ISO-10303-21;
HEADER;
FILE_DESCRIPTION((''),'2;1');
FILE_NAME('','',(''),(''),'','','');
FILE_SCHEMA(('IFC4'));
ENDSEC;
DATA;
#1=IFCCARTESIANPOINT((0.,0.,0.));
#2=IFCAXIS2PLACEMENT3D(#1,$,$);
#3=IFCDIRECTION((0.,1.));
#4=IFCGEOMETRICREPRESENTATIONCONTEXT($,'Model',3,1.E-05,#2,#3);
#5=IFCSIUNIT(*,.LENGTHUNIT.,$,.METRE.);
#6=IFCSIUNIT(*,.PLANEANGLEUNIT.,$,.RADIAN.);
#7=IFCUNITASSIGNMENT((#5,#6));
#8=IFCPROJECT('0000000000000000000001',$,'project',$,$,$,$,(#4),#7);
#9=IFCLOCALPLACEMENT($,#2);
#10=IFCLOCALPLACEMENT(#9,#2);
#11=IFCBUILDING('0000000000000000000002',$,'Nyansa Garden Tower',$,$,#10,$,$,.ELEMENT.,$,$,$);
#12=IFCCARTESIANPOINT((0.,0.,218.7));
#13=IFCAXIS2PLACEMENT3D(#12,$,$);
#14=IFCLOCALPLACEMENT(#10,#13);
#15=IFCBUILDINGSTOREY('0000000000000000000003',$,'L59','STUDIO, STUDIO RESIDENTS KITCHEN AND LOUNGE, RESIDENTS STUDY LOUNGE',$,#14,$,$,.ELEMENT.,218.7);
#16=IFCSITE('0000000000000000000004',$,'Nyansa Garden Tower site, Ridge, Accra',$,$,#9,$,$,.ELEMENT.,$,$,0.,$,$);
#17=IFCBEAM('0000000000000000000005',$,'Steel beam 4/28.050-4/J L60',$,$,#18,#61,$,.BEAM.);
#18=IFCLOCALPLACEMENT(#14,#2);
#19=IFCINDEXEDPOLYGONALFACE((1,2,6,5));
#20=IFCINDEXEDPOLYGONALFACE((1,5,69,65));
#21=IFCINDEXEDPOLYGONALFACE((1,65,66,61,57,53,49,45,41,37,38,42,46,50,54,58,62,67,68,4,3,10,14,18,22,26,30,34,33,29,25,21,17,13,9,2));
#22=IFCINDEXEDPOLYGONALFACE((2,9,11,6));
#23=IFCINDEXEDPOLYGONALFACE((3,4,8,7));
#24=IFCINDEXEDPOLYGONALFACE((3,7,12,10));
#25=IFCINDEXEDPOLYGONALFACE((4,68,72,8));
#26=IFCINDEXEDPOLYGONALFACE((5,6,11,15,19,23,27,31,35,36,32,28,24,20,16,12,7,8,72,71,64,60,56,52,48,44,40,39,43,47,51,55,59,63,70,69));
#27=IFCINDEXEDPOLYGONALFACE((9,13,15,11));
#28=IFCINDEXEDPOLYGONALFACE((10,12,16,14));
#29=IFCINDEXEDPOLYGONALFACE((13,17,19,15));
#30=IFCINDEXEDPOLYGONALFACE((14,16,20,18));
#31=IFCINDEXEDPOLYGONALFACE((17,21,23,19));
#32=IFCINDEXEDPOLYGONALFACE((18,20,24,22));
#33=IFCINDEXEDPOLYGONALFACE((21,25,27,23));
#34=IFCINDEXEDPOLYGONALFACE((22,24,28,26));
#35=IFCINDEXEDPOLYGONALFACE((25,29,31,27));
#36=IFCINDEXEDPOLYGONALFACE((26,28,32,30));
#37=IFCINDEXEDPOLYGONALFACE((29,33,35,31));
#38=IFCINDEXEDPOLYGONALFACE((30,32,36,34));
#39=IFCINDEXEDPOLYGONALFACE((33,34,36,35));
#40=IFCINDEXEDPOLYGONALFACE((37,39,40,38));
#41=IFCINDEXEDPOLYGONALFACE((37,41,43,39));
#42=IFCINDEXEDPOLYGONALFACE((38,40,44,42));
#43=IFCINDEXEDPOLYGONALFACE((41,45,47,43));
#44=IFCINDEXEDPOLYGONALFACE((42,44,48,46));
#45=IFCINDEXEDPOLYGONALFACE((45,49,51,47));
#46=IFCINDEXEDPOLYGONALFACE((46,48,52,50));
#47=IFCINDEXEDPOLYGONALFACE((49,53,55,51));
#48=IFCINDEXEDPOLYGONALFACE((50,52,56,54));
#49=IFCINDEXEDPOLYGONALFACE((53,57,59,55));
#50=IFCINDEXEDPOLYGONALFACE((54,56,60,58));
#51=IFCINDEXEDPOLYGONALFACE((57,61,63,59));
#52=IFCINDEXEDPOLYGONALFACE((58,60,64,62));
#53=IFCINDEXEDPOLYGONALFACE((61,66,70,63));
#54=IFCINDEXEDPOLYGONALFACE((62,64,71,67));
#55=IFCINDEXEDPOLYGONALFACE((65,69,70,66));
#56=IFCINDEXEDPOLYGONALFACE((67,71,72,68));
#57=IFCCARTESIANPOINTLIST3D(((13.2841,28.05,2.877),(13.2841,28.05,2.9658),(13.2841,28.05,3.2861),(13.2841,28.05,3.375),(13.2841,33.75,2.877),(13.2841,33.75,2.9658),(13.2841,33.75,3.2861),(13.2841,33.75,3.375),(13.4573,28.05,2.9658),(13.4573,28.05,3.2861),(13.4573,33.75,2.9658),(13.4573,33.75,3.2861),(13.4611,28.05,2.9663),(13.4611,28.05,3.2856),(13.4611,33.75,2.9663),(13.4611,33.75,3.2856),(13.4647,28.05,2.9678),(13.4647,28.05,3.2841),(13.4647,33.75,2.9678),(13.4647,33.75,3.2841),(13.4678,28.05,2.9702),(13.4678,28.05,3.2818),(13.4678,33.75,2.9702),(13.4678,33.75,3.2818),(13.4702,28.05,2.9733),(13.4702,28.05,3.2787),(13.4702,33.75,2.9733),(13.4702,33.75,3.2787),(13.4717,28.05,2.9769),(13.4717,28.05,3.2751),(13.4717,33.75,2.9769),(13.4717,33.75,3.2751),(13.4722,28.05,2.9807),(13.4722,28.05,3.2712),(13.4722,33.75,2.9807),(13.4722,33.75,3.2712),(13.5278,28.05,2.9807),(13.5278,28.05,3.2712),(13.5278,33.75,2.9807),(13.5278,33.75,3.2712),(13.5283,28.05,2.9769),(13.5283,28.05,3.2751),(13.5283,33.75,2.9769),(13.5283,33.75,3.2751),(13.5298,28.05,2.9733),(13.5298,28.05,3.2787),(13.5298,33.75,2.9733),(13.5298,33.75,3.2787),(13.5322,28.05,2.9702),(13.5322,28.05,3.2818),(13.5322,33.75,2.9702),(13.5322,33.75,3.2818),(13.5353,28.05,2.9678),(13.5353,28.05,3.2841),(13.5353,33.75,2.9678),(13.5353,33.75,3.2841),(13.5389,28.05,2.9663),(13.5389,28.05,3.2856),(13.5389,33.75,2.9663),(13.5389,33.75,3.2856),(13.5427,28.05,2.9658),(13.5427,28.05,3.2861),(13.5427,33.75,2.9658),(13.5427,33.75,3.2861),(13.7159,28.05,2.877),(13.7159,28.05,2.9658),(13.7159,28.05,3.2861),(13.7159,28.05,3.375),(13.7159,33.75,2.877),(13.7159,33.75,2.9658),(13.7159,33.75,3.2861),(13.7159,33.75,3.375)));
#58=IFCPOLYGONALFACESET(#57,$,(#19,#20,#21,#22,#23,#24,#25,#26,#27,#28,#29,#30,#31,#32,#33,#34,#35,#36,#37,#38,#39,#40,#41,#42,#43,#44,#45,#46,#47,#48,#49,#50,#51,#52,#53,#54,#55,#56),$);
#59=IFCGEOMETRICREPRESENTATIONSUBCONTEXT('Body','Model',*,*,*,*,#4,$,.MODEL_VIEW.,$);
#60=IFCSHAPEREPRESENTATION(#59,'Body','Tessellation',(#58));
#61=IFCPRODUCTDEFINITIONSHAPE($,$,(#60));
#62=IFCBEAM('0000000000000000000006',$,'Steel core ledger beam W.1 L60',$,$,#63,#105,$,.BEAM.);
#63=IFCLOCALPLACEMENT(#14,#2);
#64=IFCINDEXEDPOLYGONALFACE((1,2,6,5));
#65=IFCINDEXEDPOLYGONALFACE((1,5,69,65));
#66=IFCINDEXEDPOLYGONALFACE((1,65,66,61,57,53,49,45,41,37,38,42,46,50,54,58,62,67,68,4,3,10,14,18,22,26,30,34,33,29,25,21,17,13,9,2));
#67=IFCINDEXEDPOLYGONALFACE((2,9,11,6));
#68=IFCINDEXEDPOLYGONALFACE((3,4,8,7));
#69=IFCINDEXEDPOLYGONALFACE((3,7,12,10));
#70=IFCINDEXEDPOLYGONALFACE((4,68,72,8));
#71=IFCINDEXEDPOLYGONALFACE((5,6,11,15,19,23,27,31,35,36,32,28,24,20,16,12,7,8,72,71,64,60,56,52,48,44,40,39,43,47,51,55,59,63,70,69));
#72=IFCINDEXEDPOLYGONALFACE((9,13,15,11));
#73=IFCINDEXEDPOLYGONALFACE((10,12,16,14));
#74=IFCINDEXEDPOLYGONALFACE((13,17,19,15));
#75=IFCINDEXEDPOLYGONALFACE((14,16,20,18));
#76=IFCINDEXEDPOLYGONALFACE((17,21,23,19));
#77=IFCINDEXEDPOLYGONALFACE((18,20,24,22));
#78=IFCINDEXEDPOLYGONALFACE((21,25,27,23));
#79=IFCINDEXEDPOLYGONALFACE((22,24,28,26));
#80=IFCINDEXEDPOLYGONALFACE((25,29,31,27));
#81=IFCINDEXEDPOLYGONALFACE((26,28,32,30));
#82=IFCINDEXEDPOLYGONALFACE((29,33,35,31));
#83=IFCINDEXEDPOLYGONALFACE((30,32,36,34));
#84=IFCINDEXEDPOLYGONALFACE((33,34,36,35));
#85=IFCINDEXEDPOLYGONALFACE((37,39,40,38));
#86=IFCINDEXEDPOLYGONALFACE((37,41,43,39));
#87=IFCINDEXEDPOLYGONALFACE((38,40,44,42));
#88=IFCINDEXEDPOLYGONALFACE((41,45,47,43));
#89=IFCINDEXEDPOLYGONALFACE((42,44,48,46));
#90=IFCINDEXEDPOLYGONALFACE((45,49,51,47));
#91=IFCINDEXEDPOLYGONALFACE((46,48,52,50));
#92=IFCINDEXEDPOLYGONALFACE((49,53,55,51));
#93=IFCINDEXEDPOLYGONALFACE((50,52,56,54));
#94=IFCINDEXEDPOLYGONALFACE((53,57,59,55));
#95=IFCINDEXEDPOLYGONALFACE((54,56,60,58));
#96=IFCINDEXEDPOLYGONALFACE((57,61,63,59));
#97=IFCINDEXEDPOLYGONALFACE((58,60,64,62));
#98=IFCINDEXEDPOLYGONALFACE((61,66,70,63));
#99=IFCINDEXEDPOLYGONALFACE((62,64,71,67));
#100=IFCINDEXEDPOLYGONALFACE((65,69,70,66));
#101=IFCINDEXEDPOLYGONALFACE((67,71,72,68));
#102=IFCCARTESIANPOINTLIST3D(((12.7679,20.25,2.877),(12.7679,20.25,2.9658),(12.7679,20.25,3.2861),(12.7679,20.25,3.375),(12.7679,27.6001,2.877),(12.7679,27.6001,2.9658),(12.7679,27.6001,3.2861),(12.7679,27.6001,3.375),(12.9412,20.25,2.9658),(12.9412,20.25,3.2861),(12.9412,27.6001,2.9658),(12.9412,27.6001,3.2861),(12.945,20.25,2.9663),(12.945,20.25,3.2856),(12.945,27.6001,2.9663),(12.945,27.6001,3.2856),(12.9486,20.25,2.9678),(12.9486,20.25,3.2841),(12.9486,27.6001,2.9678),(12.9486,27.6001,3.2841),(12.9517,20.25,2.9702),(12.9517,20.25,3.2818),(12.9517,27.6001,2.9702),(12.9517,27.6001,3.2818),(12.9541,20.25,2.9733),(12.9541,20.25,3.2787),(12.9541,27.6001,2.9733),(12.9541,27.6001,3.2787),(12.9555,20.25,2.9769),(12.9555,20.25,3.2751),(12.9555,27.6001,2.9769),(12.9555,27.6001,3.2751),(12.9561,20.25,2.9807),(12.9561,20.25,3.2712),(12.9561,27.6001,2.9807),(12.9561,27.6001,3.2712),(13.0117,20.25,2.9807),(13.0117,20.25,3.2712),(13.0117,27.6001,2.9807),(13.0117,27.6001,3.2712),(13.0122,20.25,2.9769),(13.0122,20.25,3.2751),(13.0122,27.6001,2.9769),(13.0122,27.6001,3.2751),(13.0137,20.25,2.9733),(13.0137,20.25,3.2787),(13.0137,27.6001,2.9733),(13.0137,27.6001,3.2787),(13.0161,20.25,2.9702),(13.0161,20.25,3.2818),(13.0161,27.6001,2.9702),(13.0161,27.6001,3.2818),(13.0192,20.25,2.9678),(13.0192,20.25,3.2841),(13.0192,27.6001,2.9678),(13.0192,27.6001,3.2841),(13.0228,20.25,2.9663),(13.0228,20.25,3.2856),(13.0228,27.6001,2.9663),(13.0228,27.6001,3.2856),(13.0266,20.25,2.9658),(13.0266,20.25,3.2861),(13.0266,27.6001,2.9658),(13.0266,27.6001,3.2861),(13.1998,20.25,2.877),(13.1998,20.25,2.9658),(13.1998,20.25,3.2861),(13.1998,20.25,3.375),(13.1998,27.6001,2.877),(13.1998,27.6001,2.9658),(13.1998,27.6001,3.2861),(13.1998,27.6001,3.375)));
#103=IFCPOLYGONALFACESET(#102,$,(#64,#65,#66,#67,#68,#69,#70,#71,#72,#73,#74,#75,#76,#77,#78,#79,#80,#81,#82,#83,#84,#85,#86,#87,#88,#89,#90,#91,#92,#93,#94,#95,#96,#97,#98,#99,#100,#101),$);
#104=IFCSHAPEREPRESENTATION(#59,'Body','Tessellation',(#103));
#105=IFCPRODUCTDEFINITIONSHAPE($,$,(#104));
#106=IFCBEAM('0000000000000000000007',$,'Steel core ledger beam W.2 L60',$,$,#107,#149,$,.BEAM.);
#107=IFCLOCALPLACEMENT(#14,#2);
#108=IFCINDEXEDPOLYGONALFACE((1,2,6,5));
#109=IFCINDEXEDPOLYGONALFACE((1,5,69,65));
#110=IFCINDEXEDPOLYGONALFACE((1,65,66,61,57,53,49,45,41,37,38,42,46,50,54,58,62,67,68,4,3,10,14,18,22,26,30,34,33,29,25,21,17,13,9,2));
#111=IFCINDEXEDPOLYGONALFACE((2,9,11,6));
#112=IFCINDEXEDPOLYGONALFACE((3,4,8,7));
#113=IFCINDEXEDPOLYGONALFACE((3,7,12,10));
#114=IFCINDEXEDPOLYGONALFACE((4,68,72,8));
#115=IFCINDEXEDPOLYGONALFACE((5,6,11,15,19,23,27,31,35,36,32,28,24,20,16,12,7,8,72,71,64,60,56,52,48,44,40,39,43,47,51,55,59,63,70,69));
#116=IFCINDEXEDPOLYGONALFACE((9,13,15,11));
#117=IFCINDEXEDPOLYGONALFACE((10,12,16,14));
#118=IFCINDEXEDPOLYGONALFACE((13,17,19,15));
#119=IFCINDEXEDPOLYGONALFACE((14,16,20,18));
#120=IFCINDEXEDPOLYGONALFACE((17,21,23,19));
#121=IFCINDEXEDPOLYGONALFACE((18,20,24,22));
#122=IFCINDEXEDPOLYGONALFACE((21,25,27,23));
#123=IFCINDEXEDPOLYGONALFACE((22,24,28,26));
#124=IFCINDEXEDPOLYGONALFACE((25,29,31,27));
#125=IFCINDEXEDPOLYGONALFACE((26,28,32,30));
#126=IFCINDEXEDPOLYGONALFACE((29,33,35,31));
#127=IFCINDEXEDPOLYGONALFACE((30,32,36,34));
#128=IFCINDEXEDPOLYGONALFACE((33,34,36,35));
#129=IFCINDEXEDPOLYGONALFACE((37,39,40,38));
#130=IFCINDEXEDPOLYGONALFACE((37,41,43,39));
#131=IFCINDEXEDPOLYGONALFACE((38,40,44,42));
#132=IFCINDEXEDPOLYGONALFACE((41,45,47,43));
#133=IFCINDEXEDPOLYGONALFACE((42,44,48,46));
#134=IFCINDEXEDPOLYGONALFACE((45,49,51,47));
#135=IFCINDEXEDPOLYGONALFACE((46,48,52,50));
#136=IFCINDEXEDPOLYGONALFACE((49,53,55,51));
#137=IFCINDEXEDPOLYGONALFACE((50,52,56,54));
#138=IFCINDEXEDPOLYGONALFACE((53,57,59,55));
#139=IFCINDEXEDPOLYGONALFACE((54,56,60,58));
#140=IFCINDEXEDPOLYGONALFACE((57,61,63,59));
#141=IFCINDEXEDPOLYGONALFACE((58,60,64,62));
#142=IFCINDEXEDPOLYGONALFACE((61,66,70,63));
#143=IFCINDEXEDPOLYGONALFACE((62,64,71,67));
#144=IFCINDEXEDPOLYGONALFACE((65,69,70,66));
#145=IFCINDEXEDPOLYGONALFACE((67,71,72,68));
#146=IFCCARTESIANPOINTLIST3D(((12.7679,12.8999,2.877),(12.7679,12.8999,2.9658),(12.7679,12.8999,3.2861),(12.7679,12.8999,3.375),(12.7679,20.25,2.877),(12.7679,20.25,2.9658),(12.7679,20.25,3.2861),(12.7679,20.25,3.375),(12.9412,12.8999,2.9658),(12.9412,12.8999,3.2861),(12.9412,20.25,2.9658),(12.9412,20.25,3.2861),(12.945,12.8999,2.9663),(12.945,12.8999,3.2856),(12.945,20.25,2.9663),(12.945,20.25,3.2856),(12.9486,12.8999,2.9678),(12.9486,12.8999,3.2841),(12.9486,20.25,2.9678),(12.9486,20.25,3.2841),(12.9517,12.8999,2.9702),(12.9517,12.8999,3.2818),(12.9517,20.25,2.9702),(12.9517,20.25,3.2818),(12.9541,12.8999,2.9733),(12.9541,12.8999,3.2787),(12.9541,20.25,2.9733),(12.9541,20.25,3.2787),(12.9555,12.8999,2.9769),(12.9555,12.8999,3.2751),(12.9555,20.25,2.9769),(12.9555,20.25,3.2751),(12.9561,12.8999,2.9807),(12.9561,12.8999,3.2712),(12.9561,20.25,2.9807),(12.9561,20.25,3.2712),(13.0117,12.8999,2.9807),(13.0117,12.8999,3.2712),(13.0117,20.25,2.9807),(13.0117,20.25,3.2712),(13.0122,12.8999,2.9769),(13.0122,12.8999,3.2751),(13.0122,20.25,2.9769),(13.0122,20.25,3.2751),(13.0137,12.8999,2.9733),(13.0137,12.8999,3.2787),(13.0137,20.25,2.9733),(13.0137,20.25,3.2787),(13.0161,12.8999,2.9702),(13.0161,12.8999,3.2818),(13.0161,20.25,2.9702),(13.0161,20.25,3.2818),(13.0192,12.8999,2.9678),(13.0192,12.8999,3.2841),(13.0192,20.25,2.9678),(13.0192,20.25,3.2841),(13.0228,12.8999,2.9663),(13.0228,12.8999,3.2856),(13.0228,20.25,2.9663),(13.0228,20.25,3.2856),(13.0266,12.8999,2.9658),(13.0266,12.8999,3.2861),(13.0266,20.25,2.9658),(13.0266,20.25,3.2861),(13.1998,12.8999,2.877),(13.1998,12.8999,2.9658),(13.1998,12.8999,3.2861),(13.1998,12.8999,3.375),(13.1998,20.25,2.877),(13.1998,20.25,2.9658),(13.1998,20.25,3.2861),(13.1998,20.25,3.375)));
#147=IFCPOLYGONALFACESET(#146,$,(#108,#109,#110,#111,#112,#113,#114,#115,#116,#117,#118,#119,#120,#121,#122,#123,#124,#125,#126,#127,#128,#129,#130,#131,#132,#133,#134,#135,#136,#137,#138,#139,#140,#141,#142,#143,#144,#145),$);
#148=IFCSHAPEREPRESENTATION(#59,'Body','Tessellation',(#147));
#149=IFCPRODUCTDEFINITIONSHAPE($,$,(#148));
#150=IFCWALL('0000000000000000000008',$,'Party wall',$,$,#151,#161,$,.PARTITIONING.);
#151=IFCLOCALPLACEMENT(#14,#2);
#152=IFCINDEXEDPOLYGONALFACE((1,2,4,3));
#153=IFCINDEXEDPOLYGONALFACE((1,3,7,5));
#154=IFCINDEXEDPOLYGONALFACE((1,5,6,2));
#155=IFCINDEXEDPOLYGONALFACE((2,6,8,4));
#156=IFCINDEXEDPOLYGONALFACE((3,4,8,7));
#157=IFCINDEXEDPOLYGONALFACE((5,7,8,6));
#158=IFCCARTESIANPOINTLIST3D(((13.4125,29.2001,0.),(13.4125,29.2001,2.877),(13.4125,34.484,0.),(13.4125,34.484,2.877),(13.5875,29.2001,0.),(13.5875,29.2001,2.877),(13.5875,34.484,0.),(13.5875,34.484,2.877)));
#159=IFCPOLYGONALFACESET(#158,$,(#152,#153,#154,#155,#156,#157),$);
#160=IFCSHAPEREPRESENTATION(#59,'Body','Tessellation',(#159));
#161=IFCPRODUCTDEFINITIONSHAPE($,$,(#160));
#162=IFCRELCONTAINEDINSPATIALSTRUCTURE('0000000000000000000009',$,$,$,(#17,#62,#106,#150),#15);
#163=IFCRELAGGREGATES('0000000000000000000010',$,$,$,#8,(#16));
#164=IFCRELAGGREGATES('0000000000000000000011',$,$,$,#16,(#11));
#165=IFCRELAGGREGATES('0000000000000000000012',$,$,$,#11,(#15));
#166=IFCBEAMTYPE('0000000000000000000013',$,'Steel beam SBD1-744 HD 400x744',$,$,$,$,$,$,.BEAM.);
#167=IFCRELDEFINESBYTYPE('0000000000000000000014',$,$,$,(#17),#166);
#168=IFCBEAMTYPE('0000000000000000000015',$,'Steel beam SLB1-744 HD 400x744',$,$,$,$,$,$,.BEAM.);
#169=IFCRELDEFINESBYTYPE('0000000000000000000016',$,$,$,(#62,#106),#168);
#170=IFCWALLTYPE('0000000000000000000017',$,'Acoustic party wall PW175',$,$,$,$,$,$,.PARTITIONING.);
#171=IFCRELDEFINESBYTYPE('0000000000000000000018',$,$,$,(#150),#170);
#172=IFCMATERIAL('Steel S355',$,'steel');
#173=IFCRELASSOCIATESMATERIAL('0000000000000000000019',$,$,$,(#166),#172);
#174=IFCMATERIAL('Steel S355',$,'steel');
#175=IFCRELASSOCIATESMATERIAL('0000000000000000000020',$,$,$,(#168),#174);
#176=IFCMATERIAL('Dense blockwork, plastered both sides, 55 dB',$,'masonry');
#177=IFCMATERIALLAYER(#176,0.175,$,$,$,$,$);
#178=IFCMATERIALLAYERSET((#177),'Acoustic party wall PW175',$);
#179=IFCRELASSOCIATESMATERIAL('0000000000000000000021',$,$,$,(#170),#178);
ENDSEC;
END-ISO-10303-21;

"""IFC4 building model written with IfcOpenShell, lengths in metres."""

from ifc_helpers import new_model, si_unit, direction, frame, frame_2d, origin, origin_2d, place, context, subcontext, project, spatial, rectangle, i_section, extrude, material, layer, layer_set, material_profile, profile_set, type_object, element, save


model = new_model("IFC4")

# Units and contexts
model_context = context("Model", 3, precision=1e-05, world=origin(), true_north=direction((0.0, 1.0)))
body_context = subcontext(model_context, "Body", "Model", "MODEL_VIEW")
ifc_project = project(units=[si_unit("LENGTHUNIT", "METRE"), si_unit("PLANEANGLEUNIT", "RADIAN")], contexts=[model_context])

# Site, building, storey
site_placement = place(None, origin())
site = spatial("IfcSite", under=ifc_project, at=site_placement, Name="Nyansa Garden Tower site, Ridge, Accra", CompositionType="ELEMENT", RefElevation=0.0)
building_placement = place(site_placement, origin())
building = spatial("IfcBuilding", under=site, at=building_placement, Name="Nyansa Garden Tower", CompositionType="ELEMENT")
storey_placement = place(building_placement, frame((0.0, 0.0, 218.7)))
storey = spatial("IfcBuildingStorey", under=building, at=storey_placement, Name="L59", Description="STUDIO, STUDIO RESIDENTS KITCHEN AND LOUNGE, RESIDENTS STUDY LOUNGE", CompositionType="ELEMENT", Elevation=218.7)

# Beams
ifc_material_1 = material(Name="Steel S355", Category="steel")
ifc_material_profile_1 = material_profile(ifc_material_1, i_section(OverallWidth=0.4319, OverallDepth=0.498, WebThickness=0.0557, FlangeThickness=0.0889, FilletRadius=0.0149, at=origin_2d()), Name="HD 400x744")
ifc_profile_set_1 = profile_set([ifc_material_profile_1], Name="Steel S355")
beam_type_1 = type_object("IfcBeamType", Name="Steel beam SBD1-744 HD 400x744", PredefinedType="BEAM", material=ifc_profile_set_1)
beam_1_placement = place(storey_placement, frame((13.5, 28.05, 3.126), z_axis=(0.0, 1.0, 0.0), x_axis=(-1.0, 0.0, 0.0)))
element("IfcBeam", 1, at=beam_1_placement, inside=storey, type_object=beam_type_1, Name="Steel beam 4/28.050-4/J L60", PredefinedType="BEAM", context=body_context, shape_type="SweptSolid", body=[
    extrude(i_section(OverallWidth=0.4319, OverallDepth=0.498, WebThickness=0.0557, FlangeThickness=0.0889, FilletRadius=0.0149, at=origin_2d()), origin(), (0.0, 0.0, 1.0), 5.7),
])
ifc_material_2 = material(Name="Steel S355", Category="steel")
ifc_material_profile_2 = material_profile(ifc_material_2, i_section(OverallWidth=0.4319, OverallDepth=0.498, WebThickness=0.0557, FlangeThickness=0.0889, FilletRadius=0.0149, at=origin_2d()), Name="HD 400x744")
ifc_profile_set_2 = profile_set([ifc_material_profile_2], Name="Steel S355")
beam_type_2 = type_object("IfcBeamType", Name="Steel beam SLB1-744 HD 400x744", PredefinedType="BEAM", material=ifc_profile_set_2)
for number, where, z_axis, x_axis, name in (
    (2, (12.9839, 27.6001, 3.126), (0.0, -1.0, 0.0), (1.0, 0.0, 0.0), "Steel core ledger beam W.1 L60"),
    (3, (12.9839, 20.25, 3.126), (0.0, -1.0, 0.0), (1.0, 0.0, 0.0), "Steel core ledger beam W.2 L60"),
):
    element("IfcBeam", number, at=place(storey_placement, frame(where, z_axis=z_axis, x_axis=x_axis)), inside=storey, type_object=beam_type_2, Name=name, PredefinedType="BEAM", context=body_context, shape_type="SweptSolid", body=[
        extrude(i_section(OverallWidth=0.4319, OverallDepth=0.498, WebThickness=0.0557, FlangeThickness=0.0889, FilletRadius=0.0149, at=origin_2d()), origin(), (0.0, 0.0, 1.0), 7.3501),
    ])

# Wall
ifc_material_3 = material(Name="Dense blockwork, plastered both sides, 55 dB", Category="masonry")
ifc_layer_1 = layer(ifc_material_3, 0.175)
ifc_layer_set_1 = layer_set([ifc_layer_1], Name="Acoustic party wall PW175")
wall_type_1 = type_object("IfcWallType", Name="Acoustic party wall PW175", PredefinedType="PARTITIONING", material=ifc_layer_set_1)
wall_1_placement = place(storey_placement, frame((13.5, 29.2, 0.0), z_axis=(0.0, 0.0, 1.0), x_axis=(0.0, 1.0, 0.0)))
element("IfcWall", 4, at=wall_1_placement, inside=storey, type_object=wall_type_1, Name="Party wall", PredefinedType="PARTITIONING", context=body_context, shape_type="SweptSolid", body=[
    extrude(rectangle(XDim=5.2839, YDim=0.175, at=frame_2d((2.6421, 0.0))), origin(), (0.0, 0.0, 1.0), 2.877),
])

save(model, "model.ifc")
